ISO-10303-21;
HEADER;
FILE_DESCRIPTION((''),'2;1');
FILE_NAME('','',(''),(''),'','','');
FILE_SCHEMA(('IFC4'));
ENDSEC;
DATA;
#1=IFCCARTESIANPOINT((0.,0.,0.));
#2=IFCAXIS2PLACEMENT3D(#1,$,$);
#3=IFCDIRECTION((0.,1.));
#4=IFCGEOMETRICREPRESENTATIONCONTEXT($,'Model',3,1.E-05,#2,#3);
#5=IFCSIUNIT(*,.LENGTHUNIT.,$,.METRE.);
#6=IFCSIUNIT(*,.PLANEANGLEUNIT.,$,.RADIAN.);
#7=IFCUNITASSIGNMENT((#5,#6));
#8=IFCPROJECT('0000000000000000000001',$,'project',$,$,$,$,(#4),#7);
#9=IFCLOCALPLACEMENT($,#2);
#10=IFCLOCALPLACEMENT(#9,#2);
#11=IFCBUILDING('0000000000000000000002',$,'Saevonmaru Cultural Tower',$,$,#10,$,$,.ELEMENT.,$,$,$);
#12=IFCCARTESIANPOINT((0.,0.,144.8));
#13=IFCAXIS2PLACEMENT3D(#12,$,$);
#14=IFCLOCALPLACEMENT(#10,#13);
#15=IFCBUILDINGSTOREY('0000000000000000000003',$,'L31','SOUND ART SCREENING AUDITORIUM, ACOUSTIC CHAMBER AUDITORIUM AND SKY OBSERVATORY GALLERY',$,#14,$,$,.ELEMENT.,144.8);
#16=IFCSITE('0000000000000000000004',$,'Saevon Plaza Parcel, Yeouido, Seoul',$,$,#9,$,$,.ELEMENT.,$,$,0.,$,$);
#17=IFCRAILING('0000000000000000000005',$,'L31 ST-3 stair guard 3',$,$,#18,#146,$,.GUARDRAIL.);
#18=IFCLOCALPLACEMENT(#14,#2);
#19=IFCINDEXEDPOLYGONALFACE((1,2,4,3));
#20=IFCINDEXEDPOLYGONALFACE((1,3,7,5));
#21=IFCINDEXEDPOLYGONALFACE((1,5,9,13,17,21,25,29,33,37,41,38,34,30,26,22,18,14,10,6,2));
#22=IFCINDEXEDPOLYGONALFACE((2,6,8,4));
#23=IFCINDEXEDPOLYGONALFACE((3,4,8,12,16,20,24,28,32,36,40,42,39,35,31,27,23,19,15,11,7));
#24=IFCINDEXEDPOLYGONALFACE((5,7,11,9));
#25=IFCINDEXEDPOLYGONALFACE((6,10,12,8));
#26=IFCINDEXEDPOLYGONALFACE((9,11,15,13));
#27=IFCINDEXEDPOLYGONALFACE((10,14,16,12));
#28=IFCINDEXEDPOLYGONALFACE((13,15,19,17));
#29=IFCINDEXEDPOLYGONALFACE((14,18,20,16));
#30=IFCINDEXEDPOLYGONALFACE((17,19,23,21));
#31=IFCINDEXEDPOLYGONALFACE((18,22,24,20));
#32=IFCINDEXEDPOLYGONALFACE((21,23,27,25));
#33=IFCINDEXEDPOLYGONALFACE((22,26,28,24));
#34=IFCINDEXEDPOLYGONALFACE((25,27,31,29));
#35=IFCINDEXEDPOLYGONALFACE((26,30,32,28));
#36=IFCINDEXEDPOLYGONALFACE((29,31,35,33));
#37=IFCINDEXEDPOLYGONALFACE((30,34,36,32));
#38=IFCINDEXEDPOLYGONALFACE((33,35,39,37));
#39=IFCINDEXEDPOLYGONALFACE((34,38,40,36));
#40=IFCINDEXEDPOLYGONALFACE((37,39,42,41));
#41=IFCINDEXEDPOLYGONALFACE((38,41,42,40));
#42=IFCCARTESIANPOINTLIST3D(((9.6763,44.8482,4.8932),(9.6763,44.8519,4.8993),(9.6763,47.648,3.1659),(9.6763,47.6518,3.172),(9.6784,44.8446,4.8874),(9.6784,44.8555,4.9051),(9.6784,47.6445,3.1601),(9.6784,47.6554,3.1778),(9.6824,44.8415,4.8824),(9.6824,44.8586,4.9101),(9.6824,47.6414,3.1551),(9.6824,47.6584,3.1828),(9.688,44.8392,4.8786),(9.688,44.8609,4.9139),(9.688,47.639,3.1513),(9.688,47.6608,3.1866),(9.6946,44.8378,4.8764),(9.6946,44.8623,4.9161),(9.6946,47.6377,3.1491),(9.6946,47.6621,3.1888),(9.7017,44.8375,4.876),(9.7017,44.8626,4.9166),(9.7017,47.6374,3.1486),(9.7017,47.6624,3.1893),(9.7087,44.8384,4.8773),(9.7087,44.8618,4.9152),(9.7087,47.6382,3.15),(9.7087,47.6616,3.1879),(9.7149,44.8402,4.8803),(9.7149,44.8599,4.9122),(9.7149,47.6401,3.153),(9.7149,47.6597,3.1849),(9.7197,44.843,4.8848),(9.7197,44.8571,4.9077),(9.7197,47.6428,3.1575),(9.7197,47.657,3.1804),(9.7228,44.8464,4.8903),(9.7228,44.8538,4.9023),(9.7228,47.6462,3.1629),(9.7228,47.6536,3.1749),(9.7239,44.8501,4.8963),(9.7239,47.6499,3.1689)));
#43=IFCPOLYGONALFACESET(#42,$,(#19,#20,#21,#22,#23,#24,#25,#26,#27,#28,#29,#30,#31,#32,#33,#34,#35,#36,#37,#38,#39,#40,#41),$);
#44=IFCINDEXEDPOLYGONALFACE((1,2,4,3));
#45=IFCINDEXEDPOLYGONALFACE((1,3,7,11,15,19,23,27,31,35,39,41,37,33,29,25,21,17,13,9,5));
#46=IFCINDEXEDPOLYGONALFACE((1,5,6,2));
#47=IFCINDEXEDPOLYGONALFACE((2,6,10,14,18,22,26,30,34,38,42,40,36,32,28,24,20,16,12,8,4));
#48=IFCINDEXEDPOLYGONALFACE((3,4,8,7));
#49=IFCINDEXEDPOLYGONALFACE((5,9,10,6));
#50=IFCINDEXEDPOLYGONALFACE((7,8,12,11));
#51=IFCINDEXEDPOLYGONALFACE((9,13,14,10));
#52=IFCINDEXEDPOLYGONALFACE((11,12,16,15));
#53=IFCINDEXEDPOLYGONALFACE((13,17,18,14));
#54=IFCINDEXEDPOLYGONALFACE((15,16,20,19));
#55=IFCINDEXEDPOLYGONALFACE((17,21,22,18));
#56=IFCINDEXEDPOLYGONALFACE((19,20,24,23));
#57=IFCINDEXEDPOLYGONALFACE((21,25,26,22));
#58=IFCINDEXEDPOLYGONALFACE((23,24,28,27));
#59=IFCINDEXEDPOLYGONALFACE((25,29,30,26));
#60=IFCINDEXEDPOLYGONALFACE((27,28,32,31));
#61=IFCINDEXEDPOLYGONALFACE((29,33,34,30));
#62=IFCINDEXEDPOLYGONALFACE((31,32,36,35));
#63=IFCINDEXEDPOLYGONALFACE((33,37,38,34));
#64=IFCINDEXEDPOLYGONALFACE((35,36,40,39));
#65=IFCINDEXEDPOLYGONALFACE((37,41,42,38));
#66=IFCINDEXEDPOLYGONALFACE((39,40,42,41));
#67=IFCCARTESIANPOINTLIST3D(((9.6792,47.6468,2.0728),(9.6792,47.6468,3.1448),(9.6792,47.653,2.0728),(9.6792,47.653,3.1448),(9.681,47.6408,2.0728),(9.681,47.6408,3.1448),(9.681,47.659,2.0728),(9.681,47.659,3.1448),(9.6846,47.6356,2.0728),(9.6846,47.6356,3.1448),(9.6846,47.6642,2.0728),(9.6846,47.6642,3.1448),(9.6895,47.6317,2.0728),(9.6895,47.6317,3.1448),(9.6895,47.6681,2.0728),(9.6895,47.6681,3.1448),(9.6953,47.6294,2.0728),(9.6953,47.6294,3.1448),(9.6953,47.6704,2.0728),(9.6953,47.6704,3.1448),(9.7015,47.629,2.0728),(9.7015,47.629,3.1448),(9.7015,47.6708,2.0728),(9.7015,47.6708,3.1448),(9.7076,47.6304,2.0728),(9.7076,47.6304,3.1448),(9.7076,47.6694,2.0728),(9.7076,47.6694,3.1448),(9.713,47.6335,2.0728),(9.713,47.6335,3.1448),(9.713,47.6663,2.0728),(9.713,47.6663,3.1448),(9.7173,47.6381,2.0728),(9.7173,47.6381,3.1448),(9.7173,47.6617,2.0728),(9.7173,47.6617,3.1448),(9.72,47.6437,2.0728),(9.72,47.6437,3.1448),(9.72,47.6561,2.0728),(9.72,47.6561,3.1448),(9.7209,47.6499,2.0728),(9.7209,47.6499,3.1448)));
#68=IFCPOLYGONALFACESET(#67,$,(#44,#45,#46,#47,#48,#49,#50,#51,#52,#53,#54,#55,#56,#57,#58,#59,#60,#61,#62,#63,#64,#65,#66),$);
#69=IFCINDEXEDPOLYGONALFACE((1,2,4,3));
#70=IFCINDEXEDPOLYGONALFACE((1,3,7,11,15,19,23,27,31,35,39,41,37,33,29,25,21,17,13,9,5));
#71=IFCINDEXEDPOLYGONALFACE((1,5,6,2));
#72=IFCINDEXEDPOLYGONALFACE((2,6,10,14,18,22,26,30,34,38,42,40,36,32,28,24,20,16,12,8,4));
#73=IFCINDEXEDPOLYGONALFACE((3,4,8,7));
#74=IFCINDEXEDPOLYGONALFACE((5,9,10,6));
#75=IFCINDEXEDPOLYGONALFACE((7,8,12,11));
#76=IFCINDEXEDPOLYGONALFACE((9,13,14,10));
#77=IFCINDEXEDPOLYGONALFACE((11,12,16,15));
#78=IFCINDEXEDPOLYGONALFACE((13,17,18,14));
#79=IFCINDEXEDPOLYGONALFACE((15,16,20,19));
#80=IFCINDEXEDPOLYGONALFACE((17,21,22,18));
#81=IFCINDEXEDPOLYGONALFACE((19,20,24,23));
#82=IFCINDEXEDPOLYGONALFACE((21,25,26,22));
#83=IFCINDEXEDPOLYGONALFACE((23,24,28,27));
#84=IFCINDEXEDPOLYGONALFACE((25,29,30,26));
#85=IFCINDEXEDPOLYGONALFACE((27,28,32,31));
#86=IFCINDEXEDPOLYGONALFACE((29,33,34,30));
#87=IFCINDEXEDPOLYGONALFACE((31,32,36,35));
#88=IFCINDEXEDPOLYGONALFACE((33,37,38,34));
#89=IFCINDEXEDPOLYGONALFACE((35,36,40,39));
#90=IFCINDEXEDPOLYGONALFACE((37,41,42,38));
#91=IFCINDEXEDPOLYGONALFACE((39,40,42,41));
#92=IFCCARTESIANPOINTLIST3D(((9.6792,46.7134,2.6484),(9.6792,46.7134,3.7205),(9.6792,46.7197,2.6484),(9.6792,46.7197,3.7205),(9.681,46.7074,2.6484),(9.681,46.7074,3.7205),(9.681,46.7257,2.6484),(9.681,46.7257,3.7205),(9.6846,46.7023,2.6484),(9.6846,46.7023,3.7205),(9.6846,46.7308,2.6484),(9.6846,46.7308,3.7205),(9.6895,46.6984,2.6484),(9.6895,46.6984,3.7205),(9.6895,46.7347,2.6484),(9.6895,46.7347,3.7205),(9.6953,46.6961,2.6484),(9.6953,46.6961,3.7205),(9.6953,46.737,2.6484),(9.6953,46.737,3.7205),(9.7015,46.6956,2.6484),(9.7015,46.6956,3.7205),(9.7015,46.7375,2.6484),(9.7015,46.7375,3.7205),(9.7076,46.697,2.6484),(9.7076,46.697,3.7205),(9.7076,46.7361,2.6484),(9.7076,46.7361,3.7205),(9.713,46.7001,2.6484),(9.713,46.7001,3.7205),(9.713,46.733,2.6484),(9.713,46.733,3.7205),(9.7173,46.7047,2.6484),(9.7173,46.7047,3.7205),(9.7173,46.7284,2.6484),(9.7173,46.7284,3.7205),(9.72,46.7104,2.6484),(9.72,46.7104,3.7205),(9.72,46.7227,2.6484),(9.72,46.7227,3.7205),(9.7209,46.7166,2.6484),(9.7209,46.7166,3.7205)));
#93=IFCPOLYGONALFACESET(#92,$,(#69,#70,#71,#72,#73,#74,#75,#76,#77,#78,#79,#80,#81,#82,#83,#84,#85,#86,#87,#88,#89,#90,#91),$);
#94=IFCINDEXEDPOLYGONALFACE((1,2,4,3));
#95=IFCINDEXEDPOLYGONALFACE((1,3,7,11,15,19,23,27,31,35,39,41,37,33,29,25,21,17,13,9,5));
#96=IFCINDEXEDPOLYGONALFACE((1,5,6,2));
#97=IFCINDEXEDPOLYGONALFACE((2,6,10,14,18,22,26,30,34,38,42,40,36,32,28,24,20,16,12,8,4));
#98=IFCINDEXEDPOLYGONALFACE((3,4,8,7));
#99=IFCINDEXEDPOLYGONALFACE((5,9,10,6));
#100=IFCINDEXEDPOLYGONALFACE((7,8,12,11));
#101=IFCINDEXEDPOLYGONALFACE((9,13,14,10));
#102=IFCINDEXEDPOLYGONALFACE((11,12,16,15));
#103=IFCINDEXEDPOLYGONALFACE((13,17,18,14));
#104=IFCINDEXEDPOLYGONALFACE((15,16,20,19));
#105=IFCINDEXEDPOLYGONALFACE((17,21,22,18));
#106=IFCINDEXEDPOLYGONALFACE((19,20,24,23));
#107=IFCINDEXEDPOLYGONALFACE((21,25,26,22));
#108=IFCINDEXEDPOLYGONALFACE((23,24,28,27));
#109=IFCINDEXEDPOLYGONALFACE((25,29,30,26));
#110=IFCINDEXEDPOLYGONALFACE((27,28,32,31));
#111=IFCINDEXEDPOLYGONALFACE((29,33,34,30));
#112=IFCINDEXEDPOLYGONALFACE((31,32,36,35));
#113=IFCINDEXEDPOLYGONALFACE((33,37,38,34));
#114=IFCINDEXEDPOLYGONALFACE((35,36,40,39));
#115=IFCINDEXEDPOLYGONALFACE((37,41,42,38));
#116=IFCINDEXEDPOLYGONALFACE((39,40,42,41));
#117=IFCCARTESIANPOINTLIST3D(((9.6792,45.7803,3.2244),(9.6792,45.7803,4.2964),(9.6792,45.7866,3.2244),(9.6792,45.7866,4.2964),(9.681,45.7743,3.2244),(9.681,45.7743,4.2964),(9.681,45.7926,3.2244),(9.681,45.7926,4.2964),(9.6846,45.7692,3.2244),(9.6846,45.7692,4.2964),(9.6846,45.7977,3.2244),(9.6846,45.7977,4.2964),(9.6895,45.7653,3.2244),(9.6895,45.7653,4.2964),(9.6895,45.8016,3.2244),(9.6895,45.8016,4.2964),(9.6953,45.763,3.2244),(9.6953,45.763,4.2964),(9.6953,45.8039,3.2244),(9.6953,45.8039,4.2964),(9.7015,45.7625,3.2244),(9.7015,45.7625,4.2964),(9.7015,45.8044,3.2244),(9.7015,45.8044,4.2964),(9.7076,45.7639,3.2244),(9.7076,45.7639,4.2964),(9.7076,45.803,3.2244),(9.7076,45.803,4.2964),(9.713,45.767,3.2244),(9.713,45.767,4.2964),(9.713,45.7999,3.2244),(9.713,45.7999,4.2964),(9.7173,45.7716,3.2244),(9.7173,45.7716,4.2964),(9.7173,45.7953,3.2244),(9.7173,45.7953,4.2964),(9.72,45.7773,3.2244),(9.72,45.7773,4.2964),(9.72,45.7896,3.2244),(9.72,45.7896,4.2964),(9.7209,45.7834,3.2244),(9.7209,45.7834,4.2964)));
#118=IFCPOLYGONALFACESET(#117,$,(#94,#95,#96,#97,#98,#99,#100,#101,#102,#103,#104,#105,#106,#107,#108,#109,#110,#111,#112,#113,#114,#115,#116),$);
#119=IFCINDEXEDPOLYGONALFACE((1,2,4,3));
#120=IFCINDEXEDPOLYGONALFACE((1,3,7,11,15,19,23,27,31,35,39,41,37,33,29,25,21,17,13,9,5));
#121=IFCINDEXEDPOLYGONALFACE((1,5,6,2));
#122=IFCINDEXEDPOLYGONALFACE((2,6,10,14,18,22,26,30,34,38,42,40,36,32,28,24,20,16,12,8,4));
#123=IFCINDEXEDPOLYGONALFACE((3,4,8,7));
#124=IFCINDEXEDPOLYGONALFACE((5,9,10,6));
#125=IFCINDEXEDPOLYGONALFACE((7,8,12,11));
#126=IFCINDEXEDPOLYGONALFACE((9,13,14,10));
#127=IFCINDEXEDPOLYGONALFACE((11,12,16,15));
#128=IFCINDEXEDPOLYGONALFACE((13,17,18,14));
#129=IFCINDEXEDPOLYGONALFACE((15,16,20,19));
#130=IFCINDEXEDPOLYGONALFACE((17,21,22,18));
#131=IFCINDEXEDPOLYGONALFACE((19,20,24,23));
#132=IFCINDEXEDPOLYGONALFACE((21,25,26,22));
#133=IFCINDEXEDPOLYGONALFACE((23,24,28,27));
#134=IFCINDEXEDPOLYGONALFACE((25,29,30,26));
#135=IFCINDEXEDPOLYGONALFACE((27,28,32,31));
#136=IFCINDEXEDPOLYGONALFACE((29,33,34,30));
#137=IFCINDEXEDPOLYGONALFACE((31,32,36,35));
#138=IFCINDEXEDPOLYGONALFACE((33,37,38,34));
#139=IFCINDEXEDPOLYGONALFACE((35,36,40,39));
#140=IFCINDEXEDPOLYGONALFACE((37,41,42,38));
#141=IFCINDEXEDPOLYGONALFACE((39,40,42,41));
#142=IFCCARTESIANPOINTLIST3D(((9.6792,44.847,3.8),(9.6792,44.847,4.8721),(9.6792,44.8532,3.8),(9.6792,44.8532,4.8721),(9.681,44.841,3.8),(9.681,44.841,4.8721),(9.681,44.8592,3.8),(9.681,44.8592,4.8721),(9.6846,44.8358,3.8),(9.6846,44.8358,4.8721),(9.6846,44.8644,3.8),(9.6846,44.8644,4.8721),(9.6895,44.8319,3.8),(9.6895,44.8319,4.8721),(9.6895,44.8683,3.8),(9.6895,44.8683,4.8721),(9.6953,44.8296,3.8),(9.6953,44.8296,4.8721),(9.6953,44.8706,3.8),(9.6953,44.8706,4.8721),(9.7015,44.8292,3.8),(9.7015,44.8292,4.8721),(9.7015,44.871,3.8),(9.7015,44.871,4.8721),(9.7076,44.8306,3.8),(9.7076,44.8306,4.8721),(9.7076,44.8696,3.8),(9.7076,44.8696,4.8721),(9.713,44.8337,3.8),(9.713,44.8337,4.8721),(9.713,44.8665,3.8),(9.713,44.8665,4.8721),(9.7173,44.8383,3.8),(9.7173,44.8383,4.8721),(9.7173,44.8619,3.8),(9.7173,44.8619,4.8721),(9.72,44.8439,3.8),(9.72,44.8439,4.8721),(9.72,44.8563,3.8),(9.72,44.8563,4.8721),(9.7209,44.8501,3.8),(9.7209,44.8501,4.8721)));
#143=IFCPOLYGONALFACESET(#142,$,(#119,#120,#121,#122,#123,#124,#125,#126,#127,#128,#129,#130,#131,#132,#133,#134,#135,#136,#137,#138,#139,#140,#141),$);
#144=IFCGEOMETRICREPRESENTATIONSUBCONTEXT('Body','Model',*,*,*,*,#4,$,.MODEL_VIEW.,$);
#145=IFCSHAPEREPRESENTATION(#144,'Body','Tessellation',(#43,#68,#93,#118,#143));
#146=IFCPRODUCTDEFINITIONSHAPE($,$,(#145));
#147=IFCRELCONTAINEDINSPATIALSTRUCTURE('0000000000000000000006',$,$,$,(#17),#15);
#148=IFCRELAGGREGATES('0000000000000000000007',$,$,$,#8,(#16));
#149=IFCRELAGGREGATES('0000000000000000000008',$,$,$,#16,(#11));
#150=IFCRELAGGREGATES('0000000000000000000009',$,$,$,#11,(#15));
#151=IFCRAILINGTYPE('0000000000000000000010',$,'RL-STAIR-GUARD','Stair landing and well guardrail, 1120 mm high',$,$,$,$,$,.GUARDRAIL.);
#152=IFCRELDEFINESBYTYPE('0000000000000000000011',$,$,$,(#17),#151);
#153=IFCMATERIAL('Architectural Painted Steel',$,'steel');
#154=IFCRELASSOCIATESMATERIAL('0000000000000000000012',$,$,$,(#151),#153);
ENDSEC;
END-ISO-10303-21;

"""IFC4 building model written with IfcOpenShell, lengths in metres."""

from ifc_helpers import new_model, si_unit, direction, frame, origin, origin_2d, place, context, subcontext, project, spatial, circle, extrude, material, type_object, element, save


model = new_model("IFC4")

# Units and contexts
model_context = context("Model", 3, precision=1e-05, world=origin(), true_north=direction((0.0, 1.0)))
body_context = subcontext(model_context, "Body", "Model", "MODEL_VIEW")
ifc_project = project(units=[si_unit("LENGTHUNIT", "METRE"), si_unit("PLANEANGLEUNIT", "RADIAN")], contexts=[model_context])

# Site, building, storey
site_placement = place(None, origin())
site = spatial("IfcSite", under=ifc_project, at=site_placement, Name="Saevon Plaza Parcel, Yeouido, Seoul", CompositionType="ELEMENT", RefElevation=0.0)
building_placement = place(site_placement, origin())
building = spatial("IfcBuilding", under=site, at=building_placement, Name="Saevonmaru Cultural Tower", CompositionType="ELEMENT")
storey_placement = place(building_placement, frame((0.0, 0.0, 144.8)))
storey = spatial("IfcBuildingStorey", under=building, at=storey_placement, Name="L31", Description="SOUND ART SCREENING AUDITORIUM, ACOUSTIC CHAMBER AUDITORIUM AND SKY OBSERVATORY GALLERY", CompositionType="ELEMENT", Elevation=144.8)

# Railing
ifc_material_1 = material(Name="Architectural Painted Steel", Category="steel")
railing_type_1 = type_object("IfcRailingType", Name="RL-STAIR-GUARD", Description="Stair landing and well guardrail, 1120 mm high", PredefinedType="GUARDRAIL", material=ifc_material_1)
railing_1_placement = place(storey_placement, frame((9.7, 47.6499, 2.0728)))
element("IfcRailing", 1, at=railing_1_placement, inside=storey, type_object=railing_type_1, Name="L31 ST-3 stair guard 3", PredefinedType="GUARDRAIL", context=body_context, shape_type="SweptSolid", body=[
    extrude(circle(Radius=0.0239, at=origin_2d()), frame((0.0, 0.0, 1.0962), z_axis=(0.0, -0.851069, 0.525054), x_axis=(1.0, 0.0, 0.0)), (0.0, 0.0, 1.0), 3.2898),
    extrude(circle(Radius=0.021, at=origin_2d()), origin(), (0.0, 0.0, 1.0), 1.072),
    extrude(circle(Radius=0.021, at=origin_2d()), frame((0.0, -0.9333, 0.5757)), (0.0, 0.0, 1.0), 1.072),
    extrude(circle(Radius=0.021, at=origin_2d()), frame((0.0, -1.8665, 1.1516)), (0.0, 0.0, 1.0), 1.072),
    extrude(circle(Radius=0.021, at=origin_2d()), frame((0.0, -2.7998, 1.7273)), (0.0, 0.0, 1.0), 1.072),
])

save(model, "model.ifc")
